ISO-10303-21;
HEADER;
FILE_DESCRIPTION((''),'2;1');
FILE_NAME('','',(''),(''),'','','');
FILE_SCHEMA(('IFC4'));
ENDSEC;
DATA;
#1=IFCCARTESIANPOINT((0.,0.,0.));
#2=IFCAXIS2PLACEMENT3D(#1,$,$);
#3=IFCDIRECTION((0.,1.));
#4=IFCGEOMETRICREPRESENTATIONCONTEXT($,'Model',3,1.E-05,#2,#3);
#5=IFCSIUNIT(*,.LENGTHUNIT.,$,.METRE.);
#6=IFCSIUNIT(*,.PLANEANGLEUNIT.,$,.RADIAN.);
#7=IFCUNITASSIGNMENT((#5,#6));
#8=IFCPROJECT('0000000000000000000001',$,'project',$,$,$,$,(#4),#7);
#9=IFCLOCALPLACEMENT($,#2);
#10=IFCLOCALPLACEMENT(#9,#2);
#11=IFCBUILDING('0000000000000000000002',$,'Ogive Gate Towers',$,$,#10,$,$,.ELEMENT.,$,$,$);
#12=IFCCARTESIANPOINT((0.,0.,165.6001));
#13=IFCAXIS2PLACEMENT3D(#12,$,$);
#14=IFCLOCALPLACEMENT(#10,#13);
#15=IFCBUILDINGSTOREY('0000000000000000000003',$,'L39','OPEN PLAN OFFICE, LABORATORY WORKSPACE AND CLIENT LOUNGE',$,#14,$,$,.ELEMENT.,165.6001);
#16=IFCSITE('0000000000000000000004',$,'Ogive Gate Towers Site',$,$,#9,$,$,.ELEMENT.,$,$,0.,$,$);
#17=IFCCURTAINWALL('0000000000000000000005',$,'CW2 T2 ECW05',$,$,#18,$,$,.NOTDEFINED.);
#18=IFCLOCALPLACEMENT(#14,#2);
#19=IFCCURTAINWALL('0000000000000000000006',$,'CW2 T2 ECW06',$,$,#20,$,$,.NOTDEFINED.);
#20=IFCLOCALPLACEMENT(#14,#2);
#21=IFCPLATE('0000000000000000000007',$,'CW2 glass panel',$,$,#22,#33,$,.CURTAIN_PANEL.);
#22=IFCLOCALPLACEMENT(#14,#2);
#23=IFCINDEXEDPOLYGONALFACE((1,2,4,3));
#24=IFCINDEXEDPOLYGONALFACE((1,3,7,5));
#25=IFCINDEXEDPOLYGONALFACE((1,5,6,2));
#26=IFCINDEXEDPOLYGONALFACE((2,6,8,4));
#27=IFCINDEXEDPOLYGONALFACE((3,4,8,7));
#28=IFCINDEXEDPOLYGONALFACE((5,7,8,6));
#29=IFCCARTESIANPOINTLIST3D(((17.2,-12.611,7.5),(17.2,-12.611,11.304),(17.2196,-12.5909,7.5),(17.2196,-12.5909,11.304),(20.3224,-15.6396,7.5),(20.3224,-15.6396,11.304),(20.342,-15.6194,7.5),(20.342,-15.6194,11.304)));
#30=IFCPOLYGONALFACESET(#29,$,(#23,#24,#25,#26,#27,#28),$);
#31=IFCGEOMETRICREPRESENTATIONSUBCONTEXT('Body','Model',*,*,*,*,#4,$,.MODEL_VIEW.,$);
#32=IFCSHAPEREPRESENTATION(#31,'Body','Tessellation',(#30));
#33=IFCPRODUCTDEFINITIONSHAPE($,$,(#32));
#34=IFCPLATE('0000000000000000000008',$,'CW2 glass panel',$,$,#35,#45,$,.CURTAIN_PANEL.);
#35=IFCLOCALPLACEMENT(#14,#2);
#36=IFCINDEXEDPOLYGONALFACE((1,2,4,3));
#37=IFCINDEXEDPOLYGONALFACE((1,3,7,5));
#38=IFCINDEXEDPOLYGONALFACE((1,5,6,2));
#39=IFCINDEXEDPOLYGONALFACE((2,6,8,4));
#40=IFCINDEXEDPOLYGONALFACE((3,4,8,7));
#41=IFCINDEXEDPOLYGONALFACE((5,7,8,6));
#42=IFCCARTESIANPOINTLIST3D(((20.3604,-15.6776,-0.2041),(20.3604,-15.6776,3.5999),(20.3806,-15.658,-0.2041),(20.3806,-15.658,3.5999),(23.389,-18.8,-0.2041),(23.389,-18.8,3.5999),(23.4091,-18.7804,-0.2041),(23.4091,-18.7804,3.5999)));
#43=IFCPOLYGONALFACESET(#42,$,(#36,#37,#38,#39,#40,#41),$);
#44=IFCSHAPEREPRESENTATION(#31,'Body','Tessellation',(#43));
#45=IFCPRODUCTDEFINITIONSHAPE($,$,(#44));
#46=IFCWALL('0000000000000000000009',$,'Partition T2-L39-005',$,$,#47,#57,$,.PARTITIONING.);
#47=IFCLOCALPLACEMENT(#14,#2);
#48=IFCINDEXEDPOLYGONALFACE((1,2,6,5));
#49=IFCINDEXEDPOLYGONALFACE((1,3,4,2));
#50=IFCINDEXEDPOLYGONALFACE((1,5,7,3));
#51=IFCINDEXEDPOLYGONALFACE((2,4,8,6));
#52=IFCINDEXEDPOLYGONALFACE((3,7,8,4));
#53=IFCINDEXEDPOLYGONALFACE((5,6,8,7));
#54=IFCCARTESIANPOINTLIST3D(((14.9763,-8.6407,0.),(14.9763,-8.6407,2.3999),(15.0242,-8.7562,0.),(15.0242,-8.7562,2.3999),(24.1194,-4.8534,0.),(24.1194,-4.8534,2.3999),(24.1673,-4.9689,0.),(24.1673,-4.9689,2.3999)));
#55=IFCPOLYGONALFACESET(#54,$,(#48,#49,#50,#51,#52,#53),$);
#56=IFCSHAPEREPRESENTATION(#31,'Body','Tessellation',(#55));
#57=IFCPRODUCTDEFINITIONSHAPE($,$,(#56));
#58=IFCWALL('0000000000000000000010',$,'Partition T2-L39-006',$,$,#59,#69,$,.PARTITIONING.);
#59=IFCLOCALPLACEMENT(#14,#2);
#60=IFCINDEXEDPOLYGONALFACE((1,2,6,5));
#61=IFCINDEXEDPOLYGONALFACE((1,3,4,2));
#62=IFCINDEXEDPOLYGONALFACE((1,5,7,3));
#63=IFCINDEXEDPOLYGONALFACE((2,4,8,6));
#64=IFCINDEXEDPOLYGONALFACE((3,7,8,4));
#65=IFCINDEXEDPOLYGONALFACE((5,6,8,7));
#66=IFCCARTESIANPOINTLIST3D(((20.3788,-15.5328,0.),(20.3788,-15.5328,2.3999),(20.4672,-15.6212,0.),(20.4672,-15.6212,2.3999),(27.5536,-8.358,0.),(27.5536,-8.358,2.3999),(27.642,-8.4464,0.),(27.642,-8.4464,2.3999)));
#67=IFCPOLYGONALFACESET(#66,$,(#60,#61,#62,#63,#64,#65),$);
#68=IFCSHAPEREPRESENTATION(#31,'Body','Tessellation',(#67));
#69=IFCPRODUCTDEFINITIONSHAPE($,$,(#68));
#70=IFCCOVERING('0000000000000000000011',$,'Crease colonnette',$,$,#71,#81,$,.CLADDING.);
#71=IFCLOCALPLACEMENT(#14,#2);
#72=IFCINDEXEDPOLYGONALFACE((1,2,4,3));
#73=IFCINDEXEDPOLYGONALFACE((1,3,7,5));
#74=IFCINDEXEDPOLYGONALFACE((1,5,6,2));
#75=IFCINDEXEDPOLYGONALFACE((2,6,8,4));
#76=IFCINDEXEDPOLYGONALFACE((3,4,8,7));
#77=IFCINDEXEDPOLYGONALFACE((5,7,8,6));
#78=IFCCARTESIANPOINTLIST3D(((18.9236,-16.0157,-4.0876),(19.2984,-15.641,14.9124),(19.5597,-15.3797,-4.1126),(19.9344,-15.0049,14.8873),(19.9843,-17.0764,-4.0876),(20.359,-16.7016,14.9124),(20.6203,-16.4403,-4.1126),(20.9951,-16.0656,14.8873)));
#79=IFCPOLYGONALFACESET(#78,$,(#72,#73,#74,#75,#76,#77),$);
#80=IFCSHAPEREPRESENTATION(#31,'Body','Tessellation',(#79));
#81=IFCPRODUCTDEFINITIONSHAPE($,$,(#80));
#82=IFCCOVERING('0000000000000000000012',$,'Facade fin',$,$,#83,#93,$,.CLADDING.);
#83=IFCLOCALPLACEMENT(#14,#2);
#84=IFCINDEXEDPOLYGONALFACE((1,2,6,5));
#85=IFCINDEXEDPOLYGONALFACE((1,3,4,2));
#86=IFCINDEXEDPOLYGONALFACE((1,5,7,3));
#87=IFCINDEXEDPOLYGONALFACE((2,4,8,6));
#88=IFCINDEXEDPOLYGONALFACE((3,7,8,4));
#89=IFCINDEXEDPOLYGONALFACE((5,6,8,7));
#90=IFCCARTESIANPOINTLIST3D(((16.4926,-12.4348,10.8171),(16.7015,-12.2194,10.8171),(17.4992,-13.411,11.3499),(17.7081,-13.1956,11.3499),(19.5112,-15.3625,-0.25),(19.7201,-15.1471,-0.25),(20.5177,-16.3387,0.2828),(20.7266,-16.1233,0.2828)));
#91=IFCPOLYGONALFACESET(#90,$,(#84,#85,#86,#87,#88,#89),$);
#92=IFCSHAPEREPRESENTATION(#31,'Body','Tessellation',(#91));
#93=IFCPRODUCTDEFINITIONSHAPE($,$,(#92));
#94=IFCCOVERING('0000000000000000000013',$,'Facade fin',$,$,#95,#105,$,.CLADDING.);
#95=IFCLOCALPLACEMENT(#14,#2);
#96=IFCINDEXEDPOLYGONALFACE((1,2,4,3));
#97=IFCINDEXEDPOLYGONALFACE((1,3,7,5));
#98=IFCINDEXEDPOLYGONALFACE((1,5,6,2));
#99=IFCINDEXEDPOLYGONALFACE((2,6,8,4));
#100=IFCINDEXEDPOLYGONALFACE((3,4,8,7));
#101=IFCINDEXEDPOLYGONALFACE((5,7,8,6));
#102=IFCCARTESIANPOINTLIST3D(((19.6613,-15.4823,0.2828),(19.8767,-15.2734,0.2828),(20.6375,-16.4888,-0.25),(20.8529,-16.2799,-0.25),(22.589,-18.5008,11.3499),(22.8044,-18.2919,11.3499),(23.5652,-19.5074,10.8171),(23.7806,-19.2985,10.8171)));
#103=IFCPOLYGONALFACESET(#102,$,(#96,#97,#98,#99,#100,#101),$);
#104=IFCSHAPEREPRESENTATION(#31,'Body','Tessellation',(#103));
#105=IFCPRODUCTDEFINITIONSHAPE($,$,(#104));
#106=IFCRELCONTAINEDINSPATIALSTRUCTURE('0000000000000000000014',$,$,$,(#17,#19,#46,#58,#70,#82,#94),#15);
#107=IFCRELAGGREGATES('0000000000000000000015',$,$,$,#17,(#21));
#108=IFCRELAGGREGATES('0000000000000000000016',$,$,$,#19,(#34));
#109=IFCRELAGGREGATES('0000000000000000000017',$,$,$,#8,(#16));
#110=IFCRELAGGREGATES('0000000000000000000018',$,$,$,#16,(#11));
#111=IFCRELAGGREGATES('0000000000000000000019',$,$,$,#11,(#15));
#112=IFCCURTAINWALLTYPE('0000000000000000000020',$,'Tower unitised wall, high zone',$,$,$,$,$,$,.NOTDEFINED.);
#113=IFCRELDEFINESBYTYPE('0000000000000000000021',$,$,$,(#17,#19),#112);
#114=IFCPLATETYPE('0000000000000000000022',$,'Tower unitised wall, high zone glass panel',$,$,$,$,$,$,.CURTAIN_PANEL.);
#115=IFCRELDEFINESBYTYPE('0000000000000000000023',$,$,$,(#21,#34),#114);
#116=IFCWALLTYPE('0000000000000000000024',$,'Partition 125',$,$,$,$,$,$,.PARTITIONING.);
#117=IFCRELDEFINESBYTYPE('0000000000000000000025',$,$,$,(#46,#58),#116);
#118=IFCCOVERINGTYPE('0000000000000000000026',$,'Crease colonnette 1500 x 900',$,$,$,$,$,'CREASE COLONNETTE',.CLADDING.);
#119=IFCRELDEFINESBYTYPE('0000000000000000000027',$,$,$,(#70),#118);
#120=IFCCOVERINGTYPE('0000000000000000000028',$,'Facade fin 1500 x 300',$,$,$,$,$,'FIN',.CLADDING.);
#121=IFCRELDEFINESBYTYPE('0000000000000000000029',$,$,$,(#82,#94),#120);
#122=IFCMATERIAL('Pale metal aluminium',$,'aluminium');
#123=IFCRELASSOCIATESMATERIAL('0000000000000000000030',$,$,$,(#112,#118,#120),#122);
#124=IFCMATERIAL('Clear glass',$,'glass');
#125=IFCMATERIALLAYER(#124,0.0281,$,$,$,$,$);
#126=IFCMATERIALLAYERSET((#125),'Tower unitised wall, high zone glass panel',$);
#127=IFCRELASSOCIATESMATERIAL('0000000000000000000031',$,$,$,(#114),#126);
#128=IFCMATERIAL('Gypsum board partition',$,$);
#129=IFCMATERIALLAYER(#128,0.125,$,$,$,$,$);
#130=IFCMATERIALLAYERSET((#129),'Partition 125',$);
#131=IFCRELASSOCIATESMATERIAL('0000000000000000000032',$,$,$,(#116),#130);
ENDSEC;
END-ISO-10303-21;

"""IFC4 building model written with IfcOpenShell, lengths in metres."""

from ifc_helpers import new_model, si_unit, direction, frame, frame_2d, origin, origin_2d, place, context, subcontext, project, spatial, rectangle, extrude, material, layer, layer_set, material_profile, profile_set, type_object, element, aggregate, save


model = new_model("IFC4")

# Units and contexts
model_context = context("Model", 3, precision=1e-05, world=origin(), true_north=direction((0.0, 1.0)))
body_context = subcontext(model_context, "Body", "Model", "MODEL_VIEW")
ifc_project = project(units=[si_unit("LENGTHUNIT", "METRE"), si_unit("PLANEANGLEUNIT", "RADIAN")], contexts=[model_context])

# Site, building, storey
site_placement = place(None, origin())
site = spatial("IfcSite", under=ifc_project, at=site_placement, Name="Ogive Gate Towers Site", CompositionType="ELEMENT", RefElevation=0.0)
building_placement = place(site_placement, origin())
building = spatial("IfcBuilding", under=site, at=building_placement, Name="Ogive Gate Towers", CompositionType="ELEMENT")
storey_placement = place(building_placement, frame((0.0, 0.0, 165.6001)))
storey = spatial("IfcBuildingStorey", under=building, at=storey_placement, Name="L39", Description="OPEN PLAN OFFICE, LABORATORY WORKSPACE AND CLIENT LOUNGE", CompositionType="ELEMENT", Elevation=165.6001)

# Curtain walls
ifc_material_1 = material(Name="Pale metal aluminium", Category="aluminium")
curtain_wall_type = type_object("IfcCurtainWallType", Name="Tower unitised wall, high zone", PredefinedType="NOTDEFINED", material=ifc_material_1)
curtain_wall_1_placement = place(storey_placement, origin())
curtain_wall_1 = element("IfcCurtainWall", 1, at=curtain_wall_1_placement, inside=storey, type_object=curtain_wall_type, Name="CW2 T2 ECW05", PredefinedType="NOTDEFINED")
curtain_wall_2_placement = place(storey_placement, origin())
curtain_wall_2 = element("IfcCurtainWall", 2, at=curtain_wall_2_placement, inside=storey, type_object=curtain_wall_type, Name="CW2 T2 ECW06", PredefinedType="NOTDEFINED")

# Plates
ifc_material_2 = material(Name="Clear glass", Category="glass")
ifc_layer_1 = layer(ifc_material_2, 0.0281)
ifc_layer_set_1 = layer_set([ifc_layer_1], Name="Tower unitised wall, high zone glass panel")
plate_type = type_object("IfcPlateType", Name="Tower unitised wall, high zone glass panel", PredefinedType="CURTAIN_PANEL", material=ifc_layer_set_1)
plate_1_placement = place(storey_placement, frame((18.771, -14.1152, 7.5), z_axis=(0.0, 0.0, 1.0), x_axis=(0.71781, -0.696239, 0.0)))
plate_1 = element("IfcPlate", 3, at=plate_1_placement, type_object=plate_type, Name="CW2 glass panel", PredefinedType="CURTAIN_PANEL", context=body_context, shape_type="SweptSolid", body=[
    extrude(rectangle(XDim=4.3499, YDim=0.0281, at=origin_2d()), origin(), (0.0, 0.0, 1.0), 3.804),
])
aggregate(curtain_wall_1, [plate_1])
plate_2_placement = place(storey_placement, frame((21.8848, -17.229, -0.2041), z_axis=(0.0, 0.0, 1.0), x_axis=(0.696239, -0.71781, 0.0)))
plate_2 = element("IfcPlate", 4, at=plate_2_placement, type_object=plate_type, Name="CW2 glass panel", PredefinedType="CURTAIN_PANEL", context=body_context, shape_type="SweptSolid", body=[
    extrude(rectangle(XDim=4.3499, YDim=0.0281, at=origin_2d()), origin(), (0.0, 0.0, 1.0), 3.804),
])
aggregate(curtain_wall_2, [plate_2])

# Walls
ifc_material_3 = material(Name="Gypsum board partition")
ifc_layer_2 = layer(ifc_material_3, 0.125)
ifc_layer_set_2 = layer_set([ifc_layer_2], Name="Partition 125")
wall_type = type_object("IfcWallType", Name="Partition 125", PredefinedType="PARTITIONING", material=ifc_layer_set_2)
wall_1_placement = place(storey_placement, frame((15.0002, -8.6985, 0.0), z_axis=(0.0, 0.0, 1.0), x_axis=(0.923873, 0.382698, 0.0)))
element("IfcWall", 5, at=wall_1_placement, inside=storey, type_object=wall_type, Name="Partition T2-L39-005", PredefinedType="PARTITIONING", context=body_context, shape_type="SweptSolid", body=[
    extrude(rectangle(XDim=9.8965, YDim=0.125, at=frame_2d((4.9482, 0.0))), origin(), (0.0, 0.0, 1.0), 2.3999),
])
wall_2_placement = place(storey_placement, frame((20.4231, -15.5769, 0.0), z_axis=(0.0, 0.0, 1.0), x_axis=(0.707107, 0.707107, 0.0)))
element("IfcWall", 6, at=wall_2_placement, inside=storey, type_object=wall_type, Name="Partition T2-L39-006", PredefinedType="PARTITIONING", context=body_context, shape_type="SweptSolid", body=[
    extrude(rectangle(XDim=10.1467, YDim=0.125, at=frame_2d((5.0732, 0.0))), origin(), (0.0, 0.0, 1.0), 2.3999),
])

# Coverings
ifc_material_profile_1 = material_profile(ifc_material_1, rectangle(XDim=1.5, YDim=0.8999, at=origin_2d()), Name="1500 x 900 pale metal aluminium")
ifc_profile_set_1 = profile_set([ifc_material_profile_1], Name="Pale metal aluminium")
covering_type_1 = type_object("IfcCoveringType", Name="Crease colonnette 1500 x 900", ElementType="CREASE COLONNETTE", PredefinedType="CLADDING", material=ifc_profile_set_1)
covering_placement = place(storey_placement, frame((19.772, -16.228, -4.1001), z_axis=(0.019716, 0.019716, 0.999611), x_axis=(-0.707107, 0.707107, 0.0)))
element("IfcCovering", 7, at=covering_placement, inside=storey, type_object=covering_type_1, Name="Crease colonnette", PredefinedType="CLADDING", context=body_context, shape_type="SweptSolid", body=[
    extrude(rectangle(XDim=1.5, YDim=0.8999, at=origin_2d()), origin(), (0.0, 0.0, 1.0), 19.0073),
])
ifc_material_profile_2 = material_profile(ifc_material_1, rectangle(XDim=0.3, YDim=1.5, at=origin_2d()), Name="1500 x 300 pale metal aluminium")
ifc_profile_set_2 = profile_set([ifc_material_profile_2], Name="Pale metal aluminium")
covering_type_2 = type_object("IfcCoveringType", Name="Facade fin 1500 x 300", ElementType="FIN", PredefinedType="CLADDING", material=ifc_profile_set_2)
for number, where, z_axis, x_axis, name in (
    (8, (20.1189, -15.7429, 0.0164), (-0.254964, 0.247293, 0.934794), (-0.696226, -0.717823, 0.0), "Facade fin"),
    (9, (20.2571, -15.8811, 0.0164), (0.247293, -0.254964, 0.934794), (0.717823, 0.696226, 0.0), "Facade fin"),
):
    element("IfcCovering", number, at=place(storey_placement, frame(where, z_axis=z_axis, x_axis=x_axis)), inside=storey, type_object=covering_type_2, Name=name, PredefinedType="CLADDING", context=body_context, shape_type="SweptSolid", body=[
        extrude(rectangle(XDim=0.3, YDim=1.5, at=origin_2d()), origin(), (0.0, 0.0, 1.0), 11.8391),
    ])

save(model, "model.ifc")
